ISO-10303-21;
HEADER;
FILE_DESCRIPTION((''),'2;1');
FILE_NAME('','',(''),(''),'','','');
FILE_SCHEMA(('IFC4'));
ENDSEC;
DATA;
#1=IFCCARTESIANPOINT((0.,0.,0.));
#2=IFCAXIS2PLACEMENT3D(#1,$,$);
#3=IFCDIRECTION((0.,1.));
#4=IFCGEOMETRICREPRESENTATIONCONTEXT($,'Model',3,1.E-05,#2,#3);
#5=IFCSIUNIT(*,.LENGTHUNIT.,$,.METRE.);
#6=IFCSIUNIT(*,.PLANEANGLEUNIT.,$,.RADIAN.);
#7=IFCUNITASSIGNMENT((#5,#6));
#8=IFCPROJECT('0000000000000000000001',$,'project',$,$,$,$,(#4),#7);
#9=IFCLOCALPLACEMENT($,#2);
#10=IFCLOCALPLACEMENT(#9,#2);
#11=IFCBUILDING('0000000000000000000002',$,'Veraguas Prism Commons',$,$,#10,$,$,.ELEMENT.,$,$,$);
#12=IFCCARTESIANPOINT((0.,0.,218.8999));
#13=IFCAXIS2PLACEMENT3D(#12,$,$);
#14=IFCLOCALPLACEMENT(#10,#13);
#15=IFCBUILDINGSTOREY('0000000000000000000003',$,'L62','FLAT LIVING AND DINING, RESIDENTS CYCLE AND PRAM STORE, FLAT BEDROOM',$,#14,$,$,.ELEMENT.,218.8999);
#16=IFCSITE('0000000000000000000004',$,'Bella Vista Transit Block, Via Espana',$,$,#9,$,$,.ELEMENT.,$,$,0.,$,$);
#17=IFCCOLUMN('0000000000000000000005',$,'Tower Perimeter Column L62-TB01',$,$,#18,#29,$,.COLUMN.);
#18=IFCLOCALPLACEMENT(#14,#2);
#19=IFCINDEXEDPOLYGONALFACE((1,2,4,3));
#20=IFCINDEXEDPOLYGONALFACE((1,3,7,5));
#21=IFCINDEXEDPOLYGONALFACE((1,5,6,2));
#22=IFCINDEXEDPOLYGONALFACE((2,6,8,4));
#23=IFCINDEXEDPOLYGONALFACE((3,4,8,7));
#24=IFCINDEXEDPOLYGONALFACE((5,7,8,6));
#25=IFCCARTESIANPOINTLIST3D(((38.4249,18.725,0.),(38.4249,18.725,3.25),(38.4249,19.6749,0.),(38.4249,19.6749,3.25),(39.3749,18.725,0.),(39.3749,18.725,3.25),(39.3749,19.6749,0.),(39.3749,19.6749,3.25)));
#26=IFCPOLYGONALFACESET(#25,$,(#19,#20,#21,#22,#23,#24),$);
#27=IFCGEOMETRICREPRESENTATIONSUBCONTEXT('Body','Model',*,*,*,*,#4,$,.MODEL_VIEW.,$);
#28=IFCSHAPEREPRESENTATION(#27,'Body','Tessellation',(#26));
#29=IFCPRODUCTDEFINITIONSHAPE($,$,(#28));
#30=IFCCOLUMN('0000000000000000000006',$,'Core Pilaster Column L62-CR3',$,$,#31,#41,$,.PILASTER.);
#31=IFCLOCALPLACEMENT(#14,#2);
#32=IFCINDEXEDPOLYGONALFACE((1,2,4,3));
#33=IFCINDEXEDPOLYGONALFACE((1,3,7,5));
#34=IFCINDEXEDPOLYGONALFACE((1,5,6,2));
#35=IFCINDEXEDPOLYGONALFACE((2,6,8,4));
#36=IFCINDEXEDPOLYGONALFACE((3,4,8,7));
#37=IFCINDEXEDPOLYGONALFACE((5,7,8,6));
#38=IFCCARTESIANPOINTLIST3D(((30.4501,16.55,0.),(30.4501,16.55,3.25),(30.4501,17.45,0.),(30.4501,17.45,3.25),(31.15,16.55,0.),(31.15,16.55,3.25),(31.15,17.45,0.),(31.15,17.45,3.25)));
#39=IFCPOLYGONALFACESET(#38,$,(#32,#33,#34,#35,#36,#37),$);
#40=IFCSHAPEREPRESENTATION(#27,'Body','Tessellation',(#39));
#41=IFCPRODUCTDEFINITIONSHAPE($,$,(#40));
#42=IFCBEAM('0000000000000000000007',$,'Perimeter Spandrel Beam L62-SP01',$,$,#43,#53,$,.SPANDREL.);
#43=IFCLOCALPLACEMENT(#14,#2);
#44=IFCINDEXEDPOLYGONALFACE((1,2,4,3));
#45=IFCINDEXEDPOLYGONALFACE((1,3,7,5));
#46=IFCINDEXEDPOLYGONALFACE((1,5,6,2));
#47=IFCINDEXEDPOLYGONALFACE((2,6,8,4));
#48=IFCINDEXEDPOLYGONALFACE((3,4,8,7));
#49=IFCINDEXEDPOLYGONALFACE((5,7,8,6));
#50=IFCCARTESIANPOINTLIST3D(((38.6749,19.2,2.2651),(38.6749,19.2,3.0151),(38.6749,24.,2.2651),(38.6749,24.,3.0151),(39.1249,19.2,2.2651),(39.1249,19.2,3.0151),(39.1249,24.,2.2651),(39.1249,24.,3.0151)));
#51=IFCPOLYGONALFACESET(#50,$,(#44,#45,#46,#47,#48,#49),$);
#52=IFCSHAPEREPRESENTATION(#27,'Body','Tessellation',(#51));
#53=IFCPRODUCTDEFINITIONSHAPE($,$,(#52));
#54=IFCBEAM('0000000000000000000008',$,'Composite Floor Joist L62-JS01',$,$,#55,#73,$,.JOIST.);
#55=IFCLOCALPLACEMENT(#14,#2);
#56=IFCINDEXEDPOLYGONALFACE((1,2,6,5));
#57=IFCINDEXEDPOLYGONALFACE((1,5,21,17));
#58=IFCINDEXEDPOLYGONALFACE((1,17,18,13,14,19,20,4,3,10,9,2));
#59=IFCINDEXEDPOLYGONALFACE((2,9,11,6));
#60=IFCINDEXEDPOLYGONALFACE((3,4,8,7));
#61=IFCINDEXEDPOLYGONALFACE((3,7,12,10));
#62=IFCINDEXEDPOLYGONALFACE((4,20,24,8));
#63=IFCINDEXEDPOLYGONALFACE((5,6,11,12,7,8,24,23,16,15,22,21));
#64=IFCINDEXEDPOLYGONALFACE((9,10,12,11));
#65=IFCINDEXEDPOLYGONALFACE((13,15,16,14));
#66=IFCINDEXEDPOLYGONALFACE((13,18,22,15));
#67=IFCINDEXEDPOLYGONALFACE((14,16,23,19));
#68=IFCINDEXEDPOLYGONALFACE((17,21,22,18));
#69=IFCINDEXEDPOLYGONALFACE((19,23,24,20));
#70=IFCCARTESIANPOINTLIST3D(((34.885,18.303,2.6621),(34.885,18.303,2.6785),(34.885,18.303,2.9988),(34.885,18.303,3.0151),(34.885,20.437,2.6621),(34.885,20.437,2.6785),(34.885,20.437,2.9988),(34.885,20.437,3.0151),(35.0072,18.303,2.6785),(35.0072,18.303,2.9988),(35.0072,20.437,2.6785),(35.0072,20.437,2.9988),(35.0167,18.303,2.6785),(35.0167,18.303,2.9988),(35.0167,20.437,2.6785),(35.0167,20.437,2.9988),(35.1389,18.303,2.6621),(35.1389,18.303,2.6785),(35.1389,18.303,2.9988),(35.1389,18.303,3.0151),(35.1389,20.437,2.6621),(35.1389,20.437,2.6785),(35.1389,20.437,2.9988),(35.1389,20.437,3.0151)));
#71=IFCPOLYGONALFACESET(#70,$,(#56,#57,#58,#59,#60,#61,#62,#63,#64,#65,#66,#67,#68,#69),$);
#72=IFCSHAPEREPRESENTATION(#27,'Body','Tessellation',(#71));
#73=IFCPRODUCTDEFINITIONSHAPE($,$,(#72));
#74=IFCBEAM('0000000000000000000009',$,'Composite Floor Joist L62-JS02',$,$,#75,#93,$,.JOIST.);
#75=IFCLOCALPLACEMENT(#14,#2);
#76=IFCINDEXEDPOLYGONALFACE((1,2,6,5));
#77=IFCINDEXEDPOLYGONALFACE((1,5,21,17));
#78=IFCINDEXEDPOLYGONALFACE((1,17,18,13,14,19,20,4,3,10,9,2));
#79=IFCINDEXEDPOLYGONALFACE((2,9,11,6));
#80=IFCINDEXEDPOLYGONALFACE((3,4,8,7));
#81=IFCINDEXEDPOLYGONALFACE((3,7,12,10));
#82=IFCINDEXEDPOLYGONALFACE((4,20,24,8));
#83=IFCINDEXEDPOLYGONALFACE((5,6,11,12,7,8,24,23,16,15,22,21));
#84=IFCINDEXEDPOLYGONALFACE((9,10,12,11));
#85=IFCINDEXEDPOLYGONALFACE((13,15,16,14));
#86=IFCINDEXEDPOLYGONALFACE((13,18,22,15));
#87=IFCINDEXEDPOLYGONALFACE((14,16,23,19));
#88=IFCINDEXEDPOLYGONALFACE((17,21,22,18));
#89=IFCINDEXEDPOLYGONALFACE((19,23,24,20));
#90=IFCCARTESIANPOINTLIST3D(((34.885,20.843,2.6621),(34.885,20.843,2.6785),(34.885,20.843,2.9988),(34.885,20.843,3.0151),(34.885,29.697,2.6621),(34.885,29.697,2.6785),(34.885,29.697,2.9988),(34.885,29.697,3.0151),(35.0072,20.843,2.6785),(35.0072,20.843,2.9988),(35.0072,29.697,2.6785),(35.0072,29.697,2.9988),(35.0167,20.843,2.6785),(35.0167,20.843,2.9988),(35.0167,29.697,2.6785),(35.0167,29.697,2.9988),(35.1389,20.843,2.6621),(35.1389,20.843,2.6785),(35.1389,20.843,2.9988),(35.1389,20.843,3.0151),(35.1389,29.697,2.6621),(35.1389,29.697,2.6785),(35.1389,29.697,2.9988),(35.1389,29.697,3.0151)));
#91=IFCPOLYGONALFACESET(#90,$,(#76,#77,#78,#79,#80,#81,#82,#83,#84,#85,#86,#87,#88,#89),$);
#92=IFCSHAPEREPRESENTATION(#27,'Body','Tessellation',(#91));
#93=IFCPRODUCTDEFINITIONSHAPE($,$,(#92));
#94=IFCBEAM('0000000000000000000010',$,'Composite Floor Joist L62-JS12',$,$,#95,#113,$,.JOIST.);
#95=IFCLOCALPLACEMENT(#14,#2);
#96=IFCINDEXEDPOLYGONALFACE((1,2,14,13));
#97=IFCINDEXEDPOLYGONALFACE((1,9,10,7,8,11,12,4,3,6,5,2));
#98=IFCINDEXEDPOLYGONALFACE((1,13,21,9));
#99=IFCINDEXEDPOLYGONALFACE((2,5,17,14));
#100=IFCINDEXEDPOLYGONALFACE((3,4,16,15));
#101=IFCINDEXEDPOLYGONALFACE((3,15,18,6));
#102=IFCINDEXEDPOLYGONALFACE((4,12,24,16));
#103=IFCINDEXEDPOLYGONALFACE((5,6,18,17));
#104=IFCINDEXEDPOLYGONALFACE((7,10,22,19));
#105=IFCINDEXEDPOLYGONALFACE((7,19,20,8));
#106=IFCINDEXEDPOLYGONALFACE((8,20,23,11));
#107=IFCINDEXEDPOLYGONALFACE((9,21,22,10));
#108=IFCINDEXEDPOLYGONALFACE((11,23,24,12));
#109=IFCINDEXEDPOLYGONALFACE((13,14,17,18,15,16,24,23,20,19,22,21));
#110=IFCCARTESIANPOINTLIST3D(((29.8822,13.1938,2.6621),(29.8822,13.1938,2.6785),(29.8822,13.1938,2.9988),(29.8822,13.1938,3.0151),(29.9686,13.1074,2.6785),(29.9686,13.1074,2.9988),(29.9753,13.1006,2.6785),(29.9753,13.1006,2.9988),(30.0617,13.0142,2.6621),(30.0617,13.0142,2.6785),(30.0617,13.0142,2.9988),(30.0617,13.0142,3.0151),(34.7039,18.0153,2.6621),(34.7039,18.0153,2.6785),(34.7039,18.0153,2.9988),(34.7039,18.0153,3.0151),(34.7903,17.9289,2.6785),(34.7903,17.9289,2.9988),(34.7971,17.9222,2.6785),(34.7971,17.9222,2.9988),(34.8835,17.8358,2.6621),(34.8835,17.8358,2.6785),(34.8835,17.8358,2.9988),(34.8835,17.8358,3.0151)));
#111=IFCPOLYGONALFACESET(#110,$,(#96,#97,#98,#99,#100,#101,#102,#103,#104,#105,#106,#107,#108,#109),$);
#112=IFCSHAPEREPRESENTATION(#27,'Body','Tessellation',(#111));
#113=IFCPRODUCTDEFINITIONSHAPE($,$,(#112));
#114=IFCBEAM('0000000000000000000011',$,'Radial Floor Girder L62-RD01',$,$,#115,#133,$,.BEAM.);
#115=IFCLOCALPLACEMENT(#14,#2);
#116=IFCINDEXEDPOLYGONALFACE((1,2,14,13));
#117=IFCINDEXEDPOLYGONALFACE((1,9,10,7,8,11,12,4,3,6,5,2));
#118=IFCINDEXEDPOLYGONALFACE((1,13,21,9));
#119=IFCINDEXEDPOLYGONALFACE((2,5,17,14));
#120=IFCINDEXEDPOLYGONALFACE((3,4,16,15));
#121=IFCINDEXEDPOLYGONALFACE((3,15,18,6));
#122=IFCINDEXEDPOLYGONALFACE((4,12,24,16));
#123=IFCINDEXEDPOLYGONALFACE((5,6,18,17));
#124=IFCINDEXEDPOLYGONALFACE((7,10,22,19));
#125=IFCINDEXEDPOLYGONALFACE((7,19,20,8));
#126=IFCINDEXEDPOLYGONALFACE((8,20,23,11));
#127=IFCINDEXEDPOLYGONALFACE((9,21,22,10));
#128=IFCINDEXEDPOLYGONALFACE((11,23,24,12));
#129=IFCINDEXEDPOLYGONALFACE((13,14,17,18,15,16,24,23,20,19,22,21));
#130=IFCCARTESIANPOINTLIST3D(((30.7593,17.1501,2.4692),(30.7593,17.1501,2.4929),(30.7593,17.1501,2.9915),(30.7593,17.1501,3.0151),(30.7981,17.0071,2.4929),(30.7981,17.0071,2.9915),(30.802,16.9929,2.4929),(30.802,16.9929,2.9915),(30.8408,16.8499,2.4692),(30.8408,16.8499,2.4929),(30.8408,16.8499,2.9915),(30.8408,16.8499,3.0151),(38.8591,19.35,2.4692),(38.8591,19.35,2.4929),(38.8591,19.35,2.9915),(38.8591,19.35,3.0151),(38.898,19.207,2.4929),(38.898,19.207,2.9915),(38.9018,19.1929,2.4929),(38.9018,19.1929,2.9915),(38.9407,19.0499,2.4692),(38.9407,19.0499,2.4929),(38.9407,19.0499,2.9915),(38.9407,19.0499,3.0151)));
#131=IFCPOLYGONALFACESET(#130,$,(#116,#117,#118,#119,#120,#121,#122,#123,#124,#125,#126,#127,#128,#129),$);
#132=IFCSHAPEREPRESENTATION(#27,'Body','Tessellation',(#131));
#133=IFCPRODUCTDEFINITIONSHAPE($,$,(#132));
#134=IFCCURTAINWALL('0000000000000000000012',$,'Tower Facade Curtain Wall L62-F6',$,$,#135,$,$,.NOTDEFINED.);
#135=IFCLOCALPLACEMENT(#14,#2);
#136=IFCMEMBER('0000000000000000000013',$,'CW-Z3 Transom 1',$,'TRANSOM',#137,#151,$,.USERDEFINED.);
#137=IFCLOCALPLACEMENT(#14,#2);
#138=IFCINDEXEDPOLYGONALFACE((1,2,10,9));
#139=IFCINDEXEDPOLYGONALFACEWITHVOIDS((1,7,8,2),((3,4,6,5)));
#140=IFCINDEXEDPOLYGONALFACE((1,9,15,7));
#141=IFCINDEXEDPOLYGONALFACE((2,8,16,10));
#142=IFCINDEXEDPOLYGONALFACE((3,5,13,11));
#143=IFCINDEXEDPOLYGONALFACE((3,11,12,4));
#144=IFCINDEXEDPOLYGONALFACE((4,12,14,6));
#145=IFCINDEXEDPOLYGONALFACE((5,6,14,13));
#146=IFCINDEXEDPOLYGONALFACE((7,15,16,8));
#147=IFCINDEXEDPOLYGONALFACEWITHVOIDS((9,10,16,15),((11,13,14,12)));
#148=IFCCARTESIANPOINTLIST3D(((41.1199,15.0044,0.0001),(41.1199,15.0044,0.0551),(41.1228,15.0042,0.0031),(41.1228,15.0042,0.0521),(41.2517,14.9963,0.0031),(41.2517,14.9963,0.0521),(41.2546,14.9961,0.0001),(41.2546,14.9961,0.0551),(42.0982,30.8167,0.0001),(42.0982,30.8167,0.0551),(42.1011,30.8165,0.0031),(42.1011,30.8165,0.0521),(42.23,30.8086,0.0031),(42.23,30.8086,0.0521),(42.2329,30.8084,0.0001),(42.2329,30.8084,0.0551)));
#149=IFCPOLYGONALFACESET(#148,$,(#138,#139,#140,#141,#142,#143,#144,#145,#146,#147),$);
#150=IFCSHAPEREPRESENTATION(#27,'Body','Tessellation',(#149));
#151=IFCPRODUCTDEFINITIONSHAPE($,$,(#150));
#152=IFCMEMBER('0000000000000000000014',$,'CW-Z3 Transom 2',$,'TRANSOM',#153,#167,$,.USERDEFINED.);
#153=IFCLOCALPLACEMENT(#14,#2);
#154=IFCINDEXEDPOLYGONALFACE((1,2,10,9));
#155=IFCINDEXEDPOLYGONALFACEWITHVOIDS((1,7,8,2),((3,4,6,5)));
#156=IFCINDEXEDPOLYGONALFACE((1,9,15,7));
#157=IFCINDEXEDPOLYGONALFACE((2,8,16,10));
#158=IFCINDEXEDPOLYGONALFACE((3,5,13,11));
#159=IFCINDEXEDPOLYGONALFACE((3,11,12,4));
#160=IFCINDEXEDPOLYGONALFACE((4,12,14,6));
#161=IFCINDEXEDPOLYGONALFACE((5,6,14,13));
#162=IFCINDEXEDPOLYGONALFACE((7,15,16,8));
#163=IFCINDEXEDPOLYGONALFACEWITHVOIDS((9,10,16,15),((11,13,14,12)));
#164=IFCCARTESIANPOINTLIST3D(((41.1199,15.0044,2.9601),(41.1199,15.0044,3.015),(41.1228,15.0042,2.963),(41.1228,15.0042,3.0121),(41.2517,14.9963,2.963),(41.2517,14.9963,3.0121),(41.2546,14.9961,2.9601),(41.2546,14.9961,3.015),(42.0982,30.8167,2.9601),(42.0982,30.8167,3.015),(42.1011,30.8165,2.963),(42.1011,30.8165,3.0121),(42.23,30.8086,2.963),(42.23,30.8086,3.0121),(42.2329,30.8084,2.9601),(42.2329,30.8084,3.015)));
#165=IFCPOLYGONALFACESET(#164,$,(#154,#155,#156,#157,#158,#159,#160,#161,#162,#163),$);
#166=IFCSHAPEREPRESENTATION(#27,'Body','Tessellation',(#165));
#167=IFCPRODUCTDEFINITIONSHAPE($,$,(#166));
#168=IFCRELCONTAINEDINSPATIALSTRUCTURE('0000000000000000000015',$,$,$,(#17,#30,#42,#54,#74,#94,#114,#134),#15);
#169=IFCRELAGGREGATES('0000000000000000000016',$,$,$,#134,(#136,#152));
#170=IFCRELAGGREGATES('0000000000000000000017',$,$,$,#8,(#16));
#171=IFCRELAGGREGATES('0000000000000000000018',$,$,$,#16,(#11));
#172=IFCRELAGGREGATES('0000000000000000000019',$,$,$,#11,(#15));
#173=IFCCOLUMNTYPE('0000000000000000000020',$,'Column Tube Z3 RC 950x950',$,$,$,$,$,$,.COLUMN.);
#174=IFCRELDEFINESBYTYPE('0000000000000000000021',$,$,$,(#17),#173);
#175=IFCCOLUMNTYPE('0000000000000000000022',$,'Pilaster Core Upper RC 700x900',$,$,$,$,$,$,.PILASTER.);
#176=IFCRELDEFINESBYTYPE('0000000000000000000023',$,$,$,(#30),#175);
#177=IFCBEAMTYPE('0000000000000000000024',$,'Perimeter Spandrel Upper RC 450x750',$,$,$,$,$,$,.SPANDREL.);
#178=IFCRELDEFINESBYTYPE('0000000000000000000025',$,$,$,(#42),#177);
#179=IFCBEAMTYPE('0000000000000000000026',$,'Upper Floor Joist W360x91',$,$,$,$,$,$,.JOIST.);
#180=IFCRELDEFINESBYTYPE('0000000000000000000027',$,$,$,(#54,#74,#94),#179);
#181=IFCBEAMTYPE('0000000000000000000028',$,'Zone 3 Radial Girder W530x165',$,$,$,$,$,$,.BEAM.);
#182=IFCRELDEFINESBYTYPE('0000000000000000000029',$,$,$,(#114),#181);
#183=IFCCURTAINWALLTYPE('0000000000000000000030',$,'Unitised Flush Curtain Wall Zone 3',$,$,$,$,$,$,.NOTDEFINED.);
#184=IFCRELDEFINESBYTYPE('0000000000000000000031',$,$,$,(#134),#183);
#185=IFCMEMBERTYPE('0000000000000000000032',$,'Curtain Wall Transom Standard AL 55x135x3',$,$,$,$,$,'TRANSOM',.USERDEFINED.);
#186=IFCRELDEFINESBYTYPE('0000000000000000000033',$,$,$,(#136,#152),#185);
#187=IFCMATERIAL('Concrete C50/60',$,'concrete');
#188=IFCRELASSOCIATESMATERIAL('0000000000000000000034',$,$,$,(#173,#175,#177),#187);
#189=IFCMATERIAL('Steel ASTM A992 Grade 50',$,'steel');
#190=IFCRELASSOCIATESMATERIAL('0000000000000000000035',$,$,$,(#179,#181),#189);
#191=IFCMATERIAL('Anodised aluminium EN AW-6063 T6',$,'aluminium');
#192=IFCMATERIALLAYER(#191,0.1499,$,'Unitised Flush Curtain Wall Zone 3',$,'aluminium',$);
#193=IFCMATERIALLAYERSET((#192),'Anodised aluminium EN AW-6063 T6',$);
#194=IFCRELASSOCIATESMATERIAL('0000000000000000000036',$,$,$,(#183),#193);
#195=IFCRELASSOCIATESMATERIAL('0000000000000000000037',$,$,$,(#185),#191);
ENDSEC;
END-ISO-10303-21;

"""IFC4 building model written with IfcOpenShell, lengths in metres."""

from ifc_helpers import new_model, si_unit, direction, frame, origin, origin_2d, place, context, subcontext, project, spatial, rectangle, hollow_rectangle, i_section, extrude, source, transform, mapped, material, layer, layer_set, material_profile, profile_set, type_object, element, aggregate, save


model = new_model("IFC4")

# Units and contexts
model_context = context("Model", 3, precision=1e-05, world=origin(), true_north=direction((0.0, 1.0)))
body_context = subcontext(model_context, "Body", "Model", "MODEL_VIEW")
ifc_project = project(units=[si_unit("LENGTHUNIT", "METRE"), si_unit("PLANEANGLEUNIT", "RADIAN")], contexts=[model_context])

# Site, building, storey
site_placement = place(None, origin())
site = spatial("IfcSite", under=ifc_project, at=site_placement, Name="Bella Vista Transit Block, Via Espana", CompositionType="ELEMENT", RefElevation=0.0)
building_placement = place(site_placement, origin())
building = spatial("IfcBuilding", under=site, at=building_placement, Name="Veraguas Prism Commons", CompositionType="ELEMENT")
storey_placement = place(building_placement, frame((0.0, 0.0, 218.8999)))
storey = spatial("IfcBuildingStorey", under=building, at=storey_placement, Name="L62", Description="FLAT LIVING AND DINING, RESIDENTS CYCLE AND PRAM STORE, FLAT BEDROOM", CompositionType="ELEMENT", Elevation=218.8999)

# Columns
ifc_material_1 = material(Name="Concrete C50/60", Category="concrete")
ifc_material_profile_1 = material_profile(ifc_material_1, rectangle(XDim=0.95, YDim=0.95, at=origin_2d()), Name="RC950X950")
ifc_profile_set_1 = profile_set([ifc_material_profile_1], Name="Concrete C50/60")
column_type_1 = type_object("IfcColumnType", Name="Column Tube Z3 RC 950x950", PredefinedType="COLUMN", material=ifc_profile_set_1)
column_1_placement = place(storey_placement, frame((38.8999, 19.2, 0.0), z_axis=(0.0, 0.0, 1.0), x_axis=(1.0, 0.0, 0.0)))
element("IfcColumn", 1, at=column_1_placement, inside=storey, type_object=column_type_1, Name="Tower Perimeter Column L62-TB01", PredefinedType="COLUMN", context=body_context, shape_type="SweptSolid", body=[
    extrude(rectangle(XDim=0.95, YDim=0.95, at=origin_2d()), origin(), (0.0, 0.0, 1.0), 3.25),
])
ifc_material_profile_2 = material_profile(ifc_material_1, rectangle(XDim=0.7, YDim=0.8999, at=origin_2d()), Name="RC700X900")
ifc_profile_set_2 = profile_set([ifc_material_profile_2], Name="Concrete C50/60")
column_type_2 = type_object("IfcColumnType", Name="Pilaster Core Upper RC 700x900", PredefinedType="PILASTER", material=ifc_profile_set_2)
column_2_placement = place(storey_placement, frame((30.8, 17.0, 0.0), z_axis=(0.0, 0.0, 1.0), x_axis=(1.0, 0.0, 0.0)))
element("IfcColumn", 2, at=column_2_placement, inside=storey, type_object=column_type_2, Name="Core Pilaster Column L62-CR3", PredefinedType="PILASTER", context=body_context, shape_type="SweptSolid", body=[
    extrude(rectangle(XDim=0.7, YDim=0.8999, at=origin_2d()), origin(), (0.0, 0.0, 1.0), 3.25),
])

# Beams
ifc_material_profile_3 = material_profile(ifc_material_1, rectangle(XDim=0.45, YDim=0.75, at=origin_2d()), Name="RC450X750")
ifc_profile_set_3 = profile_set([ifc_material_profile_3], Name="Concrete C50/60")
beam_type_1 = type_object("IfcBeamType", Name="Perimeter Spandrel Upper RC 450x750", PredefinedType="SPANDREL", material=ifc_profile_set_3)
beam_1_placement = place(storey_placement, frame((38.8999, 19.2, 2.6401), z_axis=(0.0, 1.0, 0.0), x_axis=(-1.0, 0.0, 0.0)))
element("IfcBeam", 3, at=beam_1_placement, inside=storey, type_object=beam_type_1, Name="Perimeter Spandrel Beam L62-SP01", PredefinedType="SPANDREL", context=body_context, shape_type="SweptSolid", body=[
    extrude(rectangle(XDim=0.45, YDim=0.75, at=origin_2d()), origin(), (0.0, 0.0, 1.0), 4.8),
])
ifc_material_2 = material(Name="Steel ASTM A992 Grade 50", Category="steel")
ifc_material_profile_4 = material_profile(ifc_material_2, i_section(OverallWidth=0.2539, OverallDepth=0.353, WebThickness=0.0095, FlangeThickness=0.0164, at=origin_2d()), Name="W360X91")
ifc_profile_set_4 = profile_set([ifc_material_profile_4], Name="Steel ASTM A992 Grade 50")
beam_type_2 = type_object("IfcBeamType", Name="Upper Floor Joist W360x91", PredefinedType="JOIST", material=ifc_profile_set_4)
beam_2_placement = place(storey_placement, frame((35.012, 18.303, 2.8386), z_axis=(0.0, 1.0, 0.0), x_axis=(-1.0, 0.0, 0.0)))
element("IfcBeam", 4, at=beam_2_placement, inside=storey, type_object=beam_type_2, Name="Composite Floor Joist L62-JS01", PredefinedType="JOIST", context=body_context, shape_type="SweptSolid", body=[
    extrude(i_section(OverallWidth=0.2539, OverallDepth=0.353, WebThickness=0.0095, FlangeThickness=0.0164, at=origin_2d()), origin(), (0.0, 0.0, 1.0), 2.134),
])
beam_3_placement = place(storey_placement, frame((35.012, 20.843, 2.8386), z_axis=(0.0, 1.0, 0.0), x_axis=(-1.0, 0.0, 0.0)))
element("IfcBeam", 5, at=beam_3_placement, inside=storey, type_object=beam_type_2, Name="Composite Floor Joist L62-JS02", PredefinedType="JOIST", context=body_context, shape_type="SweptSolid", body=[
    extrude(i_section(OverallWidth=0.2539, OverallDepth=0.353, WebThickness=0.0095, FlangeThickness=0.0164, at=origin_2d()), origin(), (0.0, 0.0, 1.0), 8.854),
])
beam_4_placement = place(storey_placement, frame((29.9719, 13.104, 2.8386), z_axis=(0.707125, 0.707089, 0.0), x_axis=(-0.707089, 0.707125, 0.0)))
element("IfcBeam", 6, at=beam_4_placement, inside=storey, type_object=beam_type_2, Name="Composite Floor Joist L62-JS12", PredefinedType="JOIST", context=body_context, shape_type="SweptSolid", body=[
    extrude(i_section(OverallWidth=0.2539, OverallDepth=0.353, WebThickness=0.0095, FlangeThickness=0.0164, at=origin_2d()), origin(), (0.0, 0.0, 1.0), 6.8188),
])
ifc_material_profile_5 = material_profile(ifc_material_2, i_section(OverallWidth=0.311, OverallDepth=0.5459, WebThickness=0.0146, FlangeThickness=0.0237, at=origin_2d()), Name="W530X165")
ifc_profile_set_5 = profile_set([ifc_material_profile_5], Name="Steel ASTM A992 Grade 50")
beam_type_3 = type_object("IfcBeamType", Name="Zone 3 Radial Girder W530x165", PredefinedType="BEAM", material=ifc_profile_set_5)
beam_5_placement = place(storey_placement, frame((38.8999, 19.2, 2.7422), z_axis=(-0.965039, -0.262108, 0.0), x_axis=(0.262108, -0.965039, 0.0)))
element("IfcBeam", 7, at=beam_5_placement, inside=storey, type_object=beam_type_3, Name="Radial Floor Girder L62-RD01", PredefinedType="BEAM", context=body_context, shape_type="SweptSolid", body=[
    extrude(i_section(OverallWidth=0.311, OverallDepth=0.5459, WebThickness=0.0146, FlangeThickness=0.0237, at=origin_2d()), origin(), (0.0, 0.0, 1.0), 8.3933),
])

# Curtain wall, members
ifc_material_3 = material(Name="Anodised aluminium EN AW-6063 T6", Category="aluminium")
ifc_layer_1 = layer(ifc_material_3, 0.1499, Name="Unitised Flush Curtain Wall Zone 3", Category="aluminium")
ifc_layer_set_1 = layer_set([ifc_layer_1], Name="Anodised aluminium EN AW-6063 T6")
curtain_wall_type = type_object("IfcCurtainWallType", Name="Unitised Flush Curtain Wall Zone 3", PredefinedType="NOTDEFINED", material=ifc_layer_set_1)
curtain_wall_1_placement = place(storey_placement, origin())
curtain_wall_1 = element("IfcCurtainWall", 8, at=curtain_wall_1_placement, inside=storey, type_object=curtain_wall_type, Name="Tower Facade Curtain Wall L62-F6", PredefinedType="NOTDEFINED")
ifc_material_profile_6 = material_profile(ifc_material_3, hollow_rectangle(XDim=0.0549, YDim=0.135, WallThickness=0.0029, at=origin_2d()), Name="AL55X135X3")
ifc_profile_set_6 = profile_set([ifc_material_profile_6], Name="Anodised aluminium EN AW-6063 T6")
member_type_1 = type_object("IfcMemberType", Name="Curtain Wall Transom Standard AL 55x135x3", ElementType="TRANSOM", PredefinedType="USERDEFINED", material=ifc_profile_set_6)
shared_shape_1 = source(origin(), body_context, "Body", "SweptSolid", [
    extrude(hollow_rectangle(XDim=0.0549, YDim=0.135, WallThickness=0.0029, at=origin_2d()), origin(), (0.0, 0.0, 1.0), 15.8425),
])
member_1_placement = place(storey_placement, frame((41.1873, 15.0002, 0.0276), z_axis=(0.06175, 0.998092, 0.0), x_axis=(0.0, 0.0, 1.0)))
member_1 = element("IfcMember", 9, at=member_1_placement, type_object=member_type_1, Name="CW-Z3 Transom 1", ObjectType="TRANSOM", PredefinedType="USERDEFINED", context=body_context, shape_type="MappedRepresentation", body=[
    mapped(shared_shape_1, transform((0.0, 0.0, 0.0), scale=1.0)),
])
member_2_placement = place(storey_placement, frame((41.1873, 15.0002, 2.9875), z_axis=(0.06175, 0.998092, 0.0), x_axis=(0.0, 0.0, 1.0)))
member_2 = element("IfcMember", 10, at=member_2_placement, type_object=member_type_1, Name="CW-Z3 Transom 2", ObjectType="TRANSOM", PredefinedType="USERDEFINED", context=body_context, shape_type="MappedRepresentation", body=[
    mapped(shared_shape_1, transform((0.0, 0.0, 0.0), scale=1.0)),
])

aggregate(curtain_wall_1, [member_1, member_2])

save(model, "model.ifc")
